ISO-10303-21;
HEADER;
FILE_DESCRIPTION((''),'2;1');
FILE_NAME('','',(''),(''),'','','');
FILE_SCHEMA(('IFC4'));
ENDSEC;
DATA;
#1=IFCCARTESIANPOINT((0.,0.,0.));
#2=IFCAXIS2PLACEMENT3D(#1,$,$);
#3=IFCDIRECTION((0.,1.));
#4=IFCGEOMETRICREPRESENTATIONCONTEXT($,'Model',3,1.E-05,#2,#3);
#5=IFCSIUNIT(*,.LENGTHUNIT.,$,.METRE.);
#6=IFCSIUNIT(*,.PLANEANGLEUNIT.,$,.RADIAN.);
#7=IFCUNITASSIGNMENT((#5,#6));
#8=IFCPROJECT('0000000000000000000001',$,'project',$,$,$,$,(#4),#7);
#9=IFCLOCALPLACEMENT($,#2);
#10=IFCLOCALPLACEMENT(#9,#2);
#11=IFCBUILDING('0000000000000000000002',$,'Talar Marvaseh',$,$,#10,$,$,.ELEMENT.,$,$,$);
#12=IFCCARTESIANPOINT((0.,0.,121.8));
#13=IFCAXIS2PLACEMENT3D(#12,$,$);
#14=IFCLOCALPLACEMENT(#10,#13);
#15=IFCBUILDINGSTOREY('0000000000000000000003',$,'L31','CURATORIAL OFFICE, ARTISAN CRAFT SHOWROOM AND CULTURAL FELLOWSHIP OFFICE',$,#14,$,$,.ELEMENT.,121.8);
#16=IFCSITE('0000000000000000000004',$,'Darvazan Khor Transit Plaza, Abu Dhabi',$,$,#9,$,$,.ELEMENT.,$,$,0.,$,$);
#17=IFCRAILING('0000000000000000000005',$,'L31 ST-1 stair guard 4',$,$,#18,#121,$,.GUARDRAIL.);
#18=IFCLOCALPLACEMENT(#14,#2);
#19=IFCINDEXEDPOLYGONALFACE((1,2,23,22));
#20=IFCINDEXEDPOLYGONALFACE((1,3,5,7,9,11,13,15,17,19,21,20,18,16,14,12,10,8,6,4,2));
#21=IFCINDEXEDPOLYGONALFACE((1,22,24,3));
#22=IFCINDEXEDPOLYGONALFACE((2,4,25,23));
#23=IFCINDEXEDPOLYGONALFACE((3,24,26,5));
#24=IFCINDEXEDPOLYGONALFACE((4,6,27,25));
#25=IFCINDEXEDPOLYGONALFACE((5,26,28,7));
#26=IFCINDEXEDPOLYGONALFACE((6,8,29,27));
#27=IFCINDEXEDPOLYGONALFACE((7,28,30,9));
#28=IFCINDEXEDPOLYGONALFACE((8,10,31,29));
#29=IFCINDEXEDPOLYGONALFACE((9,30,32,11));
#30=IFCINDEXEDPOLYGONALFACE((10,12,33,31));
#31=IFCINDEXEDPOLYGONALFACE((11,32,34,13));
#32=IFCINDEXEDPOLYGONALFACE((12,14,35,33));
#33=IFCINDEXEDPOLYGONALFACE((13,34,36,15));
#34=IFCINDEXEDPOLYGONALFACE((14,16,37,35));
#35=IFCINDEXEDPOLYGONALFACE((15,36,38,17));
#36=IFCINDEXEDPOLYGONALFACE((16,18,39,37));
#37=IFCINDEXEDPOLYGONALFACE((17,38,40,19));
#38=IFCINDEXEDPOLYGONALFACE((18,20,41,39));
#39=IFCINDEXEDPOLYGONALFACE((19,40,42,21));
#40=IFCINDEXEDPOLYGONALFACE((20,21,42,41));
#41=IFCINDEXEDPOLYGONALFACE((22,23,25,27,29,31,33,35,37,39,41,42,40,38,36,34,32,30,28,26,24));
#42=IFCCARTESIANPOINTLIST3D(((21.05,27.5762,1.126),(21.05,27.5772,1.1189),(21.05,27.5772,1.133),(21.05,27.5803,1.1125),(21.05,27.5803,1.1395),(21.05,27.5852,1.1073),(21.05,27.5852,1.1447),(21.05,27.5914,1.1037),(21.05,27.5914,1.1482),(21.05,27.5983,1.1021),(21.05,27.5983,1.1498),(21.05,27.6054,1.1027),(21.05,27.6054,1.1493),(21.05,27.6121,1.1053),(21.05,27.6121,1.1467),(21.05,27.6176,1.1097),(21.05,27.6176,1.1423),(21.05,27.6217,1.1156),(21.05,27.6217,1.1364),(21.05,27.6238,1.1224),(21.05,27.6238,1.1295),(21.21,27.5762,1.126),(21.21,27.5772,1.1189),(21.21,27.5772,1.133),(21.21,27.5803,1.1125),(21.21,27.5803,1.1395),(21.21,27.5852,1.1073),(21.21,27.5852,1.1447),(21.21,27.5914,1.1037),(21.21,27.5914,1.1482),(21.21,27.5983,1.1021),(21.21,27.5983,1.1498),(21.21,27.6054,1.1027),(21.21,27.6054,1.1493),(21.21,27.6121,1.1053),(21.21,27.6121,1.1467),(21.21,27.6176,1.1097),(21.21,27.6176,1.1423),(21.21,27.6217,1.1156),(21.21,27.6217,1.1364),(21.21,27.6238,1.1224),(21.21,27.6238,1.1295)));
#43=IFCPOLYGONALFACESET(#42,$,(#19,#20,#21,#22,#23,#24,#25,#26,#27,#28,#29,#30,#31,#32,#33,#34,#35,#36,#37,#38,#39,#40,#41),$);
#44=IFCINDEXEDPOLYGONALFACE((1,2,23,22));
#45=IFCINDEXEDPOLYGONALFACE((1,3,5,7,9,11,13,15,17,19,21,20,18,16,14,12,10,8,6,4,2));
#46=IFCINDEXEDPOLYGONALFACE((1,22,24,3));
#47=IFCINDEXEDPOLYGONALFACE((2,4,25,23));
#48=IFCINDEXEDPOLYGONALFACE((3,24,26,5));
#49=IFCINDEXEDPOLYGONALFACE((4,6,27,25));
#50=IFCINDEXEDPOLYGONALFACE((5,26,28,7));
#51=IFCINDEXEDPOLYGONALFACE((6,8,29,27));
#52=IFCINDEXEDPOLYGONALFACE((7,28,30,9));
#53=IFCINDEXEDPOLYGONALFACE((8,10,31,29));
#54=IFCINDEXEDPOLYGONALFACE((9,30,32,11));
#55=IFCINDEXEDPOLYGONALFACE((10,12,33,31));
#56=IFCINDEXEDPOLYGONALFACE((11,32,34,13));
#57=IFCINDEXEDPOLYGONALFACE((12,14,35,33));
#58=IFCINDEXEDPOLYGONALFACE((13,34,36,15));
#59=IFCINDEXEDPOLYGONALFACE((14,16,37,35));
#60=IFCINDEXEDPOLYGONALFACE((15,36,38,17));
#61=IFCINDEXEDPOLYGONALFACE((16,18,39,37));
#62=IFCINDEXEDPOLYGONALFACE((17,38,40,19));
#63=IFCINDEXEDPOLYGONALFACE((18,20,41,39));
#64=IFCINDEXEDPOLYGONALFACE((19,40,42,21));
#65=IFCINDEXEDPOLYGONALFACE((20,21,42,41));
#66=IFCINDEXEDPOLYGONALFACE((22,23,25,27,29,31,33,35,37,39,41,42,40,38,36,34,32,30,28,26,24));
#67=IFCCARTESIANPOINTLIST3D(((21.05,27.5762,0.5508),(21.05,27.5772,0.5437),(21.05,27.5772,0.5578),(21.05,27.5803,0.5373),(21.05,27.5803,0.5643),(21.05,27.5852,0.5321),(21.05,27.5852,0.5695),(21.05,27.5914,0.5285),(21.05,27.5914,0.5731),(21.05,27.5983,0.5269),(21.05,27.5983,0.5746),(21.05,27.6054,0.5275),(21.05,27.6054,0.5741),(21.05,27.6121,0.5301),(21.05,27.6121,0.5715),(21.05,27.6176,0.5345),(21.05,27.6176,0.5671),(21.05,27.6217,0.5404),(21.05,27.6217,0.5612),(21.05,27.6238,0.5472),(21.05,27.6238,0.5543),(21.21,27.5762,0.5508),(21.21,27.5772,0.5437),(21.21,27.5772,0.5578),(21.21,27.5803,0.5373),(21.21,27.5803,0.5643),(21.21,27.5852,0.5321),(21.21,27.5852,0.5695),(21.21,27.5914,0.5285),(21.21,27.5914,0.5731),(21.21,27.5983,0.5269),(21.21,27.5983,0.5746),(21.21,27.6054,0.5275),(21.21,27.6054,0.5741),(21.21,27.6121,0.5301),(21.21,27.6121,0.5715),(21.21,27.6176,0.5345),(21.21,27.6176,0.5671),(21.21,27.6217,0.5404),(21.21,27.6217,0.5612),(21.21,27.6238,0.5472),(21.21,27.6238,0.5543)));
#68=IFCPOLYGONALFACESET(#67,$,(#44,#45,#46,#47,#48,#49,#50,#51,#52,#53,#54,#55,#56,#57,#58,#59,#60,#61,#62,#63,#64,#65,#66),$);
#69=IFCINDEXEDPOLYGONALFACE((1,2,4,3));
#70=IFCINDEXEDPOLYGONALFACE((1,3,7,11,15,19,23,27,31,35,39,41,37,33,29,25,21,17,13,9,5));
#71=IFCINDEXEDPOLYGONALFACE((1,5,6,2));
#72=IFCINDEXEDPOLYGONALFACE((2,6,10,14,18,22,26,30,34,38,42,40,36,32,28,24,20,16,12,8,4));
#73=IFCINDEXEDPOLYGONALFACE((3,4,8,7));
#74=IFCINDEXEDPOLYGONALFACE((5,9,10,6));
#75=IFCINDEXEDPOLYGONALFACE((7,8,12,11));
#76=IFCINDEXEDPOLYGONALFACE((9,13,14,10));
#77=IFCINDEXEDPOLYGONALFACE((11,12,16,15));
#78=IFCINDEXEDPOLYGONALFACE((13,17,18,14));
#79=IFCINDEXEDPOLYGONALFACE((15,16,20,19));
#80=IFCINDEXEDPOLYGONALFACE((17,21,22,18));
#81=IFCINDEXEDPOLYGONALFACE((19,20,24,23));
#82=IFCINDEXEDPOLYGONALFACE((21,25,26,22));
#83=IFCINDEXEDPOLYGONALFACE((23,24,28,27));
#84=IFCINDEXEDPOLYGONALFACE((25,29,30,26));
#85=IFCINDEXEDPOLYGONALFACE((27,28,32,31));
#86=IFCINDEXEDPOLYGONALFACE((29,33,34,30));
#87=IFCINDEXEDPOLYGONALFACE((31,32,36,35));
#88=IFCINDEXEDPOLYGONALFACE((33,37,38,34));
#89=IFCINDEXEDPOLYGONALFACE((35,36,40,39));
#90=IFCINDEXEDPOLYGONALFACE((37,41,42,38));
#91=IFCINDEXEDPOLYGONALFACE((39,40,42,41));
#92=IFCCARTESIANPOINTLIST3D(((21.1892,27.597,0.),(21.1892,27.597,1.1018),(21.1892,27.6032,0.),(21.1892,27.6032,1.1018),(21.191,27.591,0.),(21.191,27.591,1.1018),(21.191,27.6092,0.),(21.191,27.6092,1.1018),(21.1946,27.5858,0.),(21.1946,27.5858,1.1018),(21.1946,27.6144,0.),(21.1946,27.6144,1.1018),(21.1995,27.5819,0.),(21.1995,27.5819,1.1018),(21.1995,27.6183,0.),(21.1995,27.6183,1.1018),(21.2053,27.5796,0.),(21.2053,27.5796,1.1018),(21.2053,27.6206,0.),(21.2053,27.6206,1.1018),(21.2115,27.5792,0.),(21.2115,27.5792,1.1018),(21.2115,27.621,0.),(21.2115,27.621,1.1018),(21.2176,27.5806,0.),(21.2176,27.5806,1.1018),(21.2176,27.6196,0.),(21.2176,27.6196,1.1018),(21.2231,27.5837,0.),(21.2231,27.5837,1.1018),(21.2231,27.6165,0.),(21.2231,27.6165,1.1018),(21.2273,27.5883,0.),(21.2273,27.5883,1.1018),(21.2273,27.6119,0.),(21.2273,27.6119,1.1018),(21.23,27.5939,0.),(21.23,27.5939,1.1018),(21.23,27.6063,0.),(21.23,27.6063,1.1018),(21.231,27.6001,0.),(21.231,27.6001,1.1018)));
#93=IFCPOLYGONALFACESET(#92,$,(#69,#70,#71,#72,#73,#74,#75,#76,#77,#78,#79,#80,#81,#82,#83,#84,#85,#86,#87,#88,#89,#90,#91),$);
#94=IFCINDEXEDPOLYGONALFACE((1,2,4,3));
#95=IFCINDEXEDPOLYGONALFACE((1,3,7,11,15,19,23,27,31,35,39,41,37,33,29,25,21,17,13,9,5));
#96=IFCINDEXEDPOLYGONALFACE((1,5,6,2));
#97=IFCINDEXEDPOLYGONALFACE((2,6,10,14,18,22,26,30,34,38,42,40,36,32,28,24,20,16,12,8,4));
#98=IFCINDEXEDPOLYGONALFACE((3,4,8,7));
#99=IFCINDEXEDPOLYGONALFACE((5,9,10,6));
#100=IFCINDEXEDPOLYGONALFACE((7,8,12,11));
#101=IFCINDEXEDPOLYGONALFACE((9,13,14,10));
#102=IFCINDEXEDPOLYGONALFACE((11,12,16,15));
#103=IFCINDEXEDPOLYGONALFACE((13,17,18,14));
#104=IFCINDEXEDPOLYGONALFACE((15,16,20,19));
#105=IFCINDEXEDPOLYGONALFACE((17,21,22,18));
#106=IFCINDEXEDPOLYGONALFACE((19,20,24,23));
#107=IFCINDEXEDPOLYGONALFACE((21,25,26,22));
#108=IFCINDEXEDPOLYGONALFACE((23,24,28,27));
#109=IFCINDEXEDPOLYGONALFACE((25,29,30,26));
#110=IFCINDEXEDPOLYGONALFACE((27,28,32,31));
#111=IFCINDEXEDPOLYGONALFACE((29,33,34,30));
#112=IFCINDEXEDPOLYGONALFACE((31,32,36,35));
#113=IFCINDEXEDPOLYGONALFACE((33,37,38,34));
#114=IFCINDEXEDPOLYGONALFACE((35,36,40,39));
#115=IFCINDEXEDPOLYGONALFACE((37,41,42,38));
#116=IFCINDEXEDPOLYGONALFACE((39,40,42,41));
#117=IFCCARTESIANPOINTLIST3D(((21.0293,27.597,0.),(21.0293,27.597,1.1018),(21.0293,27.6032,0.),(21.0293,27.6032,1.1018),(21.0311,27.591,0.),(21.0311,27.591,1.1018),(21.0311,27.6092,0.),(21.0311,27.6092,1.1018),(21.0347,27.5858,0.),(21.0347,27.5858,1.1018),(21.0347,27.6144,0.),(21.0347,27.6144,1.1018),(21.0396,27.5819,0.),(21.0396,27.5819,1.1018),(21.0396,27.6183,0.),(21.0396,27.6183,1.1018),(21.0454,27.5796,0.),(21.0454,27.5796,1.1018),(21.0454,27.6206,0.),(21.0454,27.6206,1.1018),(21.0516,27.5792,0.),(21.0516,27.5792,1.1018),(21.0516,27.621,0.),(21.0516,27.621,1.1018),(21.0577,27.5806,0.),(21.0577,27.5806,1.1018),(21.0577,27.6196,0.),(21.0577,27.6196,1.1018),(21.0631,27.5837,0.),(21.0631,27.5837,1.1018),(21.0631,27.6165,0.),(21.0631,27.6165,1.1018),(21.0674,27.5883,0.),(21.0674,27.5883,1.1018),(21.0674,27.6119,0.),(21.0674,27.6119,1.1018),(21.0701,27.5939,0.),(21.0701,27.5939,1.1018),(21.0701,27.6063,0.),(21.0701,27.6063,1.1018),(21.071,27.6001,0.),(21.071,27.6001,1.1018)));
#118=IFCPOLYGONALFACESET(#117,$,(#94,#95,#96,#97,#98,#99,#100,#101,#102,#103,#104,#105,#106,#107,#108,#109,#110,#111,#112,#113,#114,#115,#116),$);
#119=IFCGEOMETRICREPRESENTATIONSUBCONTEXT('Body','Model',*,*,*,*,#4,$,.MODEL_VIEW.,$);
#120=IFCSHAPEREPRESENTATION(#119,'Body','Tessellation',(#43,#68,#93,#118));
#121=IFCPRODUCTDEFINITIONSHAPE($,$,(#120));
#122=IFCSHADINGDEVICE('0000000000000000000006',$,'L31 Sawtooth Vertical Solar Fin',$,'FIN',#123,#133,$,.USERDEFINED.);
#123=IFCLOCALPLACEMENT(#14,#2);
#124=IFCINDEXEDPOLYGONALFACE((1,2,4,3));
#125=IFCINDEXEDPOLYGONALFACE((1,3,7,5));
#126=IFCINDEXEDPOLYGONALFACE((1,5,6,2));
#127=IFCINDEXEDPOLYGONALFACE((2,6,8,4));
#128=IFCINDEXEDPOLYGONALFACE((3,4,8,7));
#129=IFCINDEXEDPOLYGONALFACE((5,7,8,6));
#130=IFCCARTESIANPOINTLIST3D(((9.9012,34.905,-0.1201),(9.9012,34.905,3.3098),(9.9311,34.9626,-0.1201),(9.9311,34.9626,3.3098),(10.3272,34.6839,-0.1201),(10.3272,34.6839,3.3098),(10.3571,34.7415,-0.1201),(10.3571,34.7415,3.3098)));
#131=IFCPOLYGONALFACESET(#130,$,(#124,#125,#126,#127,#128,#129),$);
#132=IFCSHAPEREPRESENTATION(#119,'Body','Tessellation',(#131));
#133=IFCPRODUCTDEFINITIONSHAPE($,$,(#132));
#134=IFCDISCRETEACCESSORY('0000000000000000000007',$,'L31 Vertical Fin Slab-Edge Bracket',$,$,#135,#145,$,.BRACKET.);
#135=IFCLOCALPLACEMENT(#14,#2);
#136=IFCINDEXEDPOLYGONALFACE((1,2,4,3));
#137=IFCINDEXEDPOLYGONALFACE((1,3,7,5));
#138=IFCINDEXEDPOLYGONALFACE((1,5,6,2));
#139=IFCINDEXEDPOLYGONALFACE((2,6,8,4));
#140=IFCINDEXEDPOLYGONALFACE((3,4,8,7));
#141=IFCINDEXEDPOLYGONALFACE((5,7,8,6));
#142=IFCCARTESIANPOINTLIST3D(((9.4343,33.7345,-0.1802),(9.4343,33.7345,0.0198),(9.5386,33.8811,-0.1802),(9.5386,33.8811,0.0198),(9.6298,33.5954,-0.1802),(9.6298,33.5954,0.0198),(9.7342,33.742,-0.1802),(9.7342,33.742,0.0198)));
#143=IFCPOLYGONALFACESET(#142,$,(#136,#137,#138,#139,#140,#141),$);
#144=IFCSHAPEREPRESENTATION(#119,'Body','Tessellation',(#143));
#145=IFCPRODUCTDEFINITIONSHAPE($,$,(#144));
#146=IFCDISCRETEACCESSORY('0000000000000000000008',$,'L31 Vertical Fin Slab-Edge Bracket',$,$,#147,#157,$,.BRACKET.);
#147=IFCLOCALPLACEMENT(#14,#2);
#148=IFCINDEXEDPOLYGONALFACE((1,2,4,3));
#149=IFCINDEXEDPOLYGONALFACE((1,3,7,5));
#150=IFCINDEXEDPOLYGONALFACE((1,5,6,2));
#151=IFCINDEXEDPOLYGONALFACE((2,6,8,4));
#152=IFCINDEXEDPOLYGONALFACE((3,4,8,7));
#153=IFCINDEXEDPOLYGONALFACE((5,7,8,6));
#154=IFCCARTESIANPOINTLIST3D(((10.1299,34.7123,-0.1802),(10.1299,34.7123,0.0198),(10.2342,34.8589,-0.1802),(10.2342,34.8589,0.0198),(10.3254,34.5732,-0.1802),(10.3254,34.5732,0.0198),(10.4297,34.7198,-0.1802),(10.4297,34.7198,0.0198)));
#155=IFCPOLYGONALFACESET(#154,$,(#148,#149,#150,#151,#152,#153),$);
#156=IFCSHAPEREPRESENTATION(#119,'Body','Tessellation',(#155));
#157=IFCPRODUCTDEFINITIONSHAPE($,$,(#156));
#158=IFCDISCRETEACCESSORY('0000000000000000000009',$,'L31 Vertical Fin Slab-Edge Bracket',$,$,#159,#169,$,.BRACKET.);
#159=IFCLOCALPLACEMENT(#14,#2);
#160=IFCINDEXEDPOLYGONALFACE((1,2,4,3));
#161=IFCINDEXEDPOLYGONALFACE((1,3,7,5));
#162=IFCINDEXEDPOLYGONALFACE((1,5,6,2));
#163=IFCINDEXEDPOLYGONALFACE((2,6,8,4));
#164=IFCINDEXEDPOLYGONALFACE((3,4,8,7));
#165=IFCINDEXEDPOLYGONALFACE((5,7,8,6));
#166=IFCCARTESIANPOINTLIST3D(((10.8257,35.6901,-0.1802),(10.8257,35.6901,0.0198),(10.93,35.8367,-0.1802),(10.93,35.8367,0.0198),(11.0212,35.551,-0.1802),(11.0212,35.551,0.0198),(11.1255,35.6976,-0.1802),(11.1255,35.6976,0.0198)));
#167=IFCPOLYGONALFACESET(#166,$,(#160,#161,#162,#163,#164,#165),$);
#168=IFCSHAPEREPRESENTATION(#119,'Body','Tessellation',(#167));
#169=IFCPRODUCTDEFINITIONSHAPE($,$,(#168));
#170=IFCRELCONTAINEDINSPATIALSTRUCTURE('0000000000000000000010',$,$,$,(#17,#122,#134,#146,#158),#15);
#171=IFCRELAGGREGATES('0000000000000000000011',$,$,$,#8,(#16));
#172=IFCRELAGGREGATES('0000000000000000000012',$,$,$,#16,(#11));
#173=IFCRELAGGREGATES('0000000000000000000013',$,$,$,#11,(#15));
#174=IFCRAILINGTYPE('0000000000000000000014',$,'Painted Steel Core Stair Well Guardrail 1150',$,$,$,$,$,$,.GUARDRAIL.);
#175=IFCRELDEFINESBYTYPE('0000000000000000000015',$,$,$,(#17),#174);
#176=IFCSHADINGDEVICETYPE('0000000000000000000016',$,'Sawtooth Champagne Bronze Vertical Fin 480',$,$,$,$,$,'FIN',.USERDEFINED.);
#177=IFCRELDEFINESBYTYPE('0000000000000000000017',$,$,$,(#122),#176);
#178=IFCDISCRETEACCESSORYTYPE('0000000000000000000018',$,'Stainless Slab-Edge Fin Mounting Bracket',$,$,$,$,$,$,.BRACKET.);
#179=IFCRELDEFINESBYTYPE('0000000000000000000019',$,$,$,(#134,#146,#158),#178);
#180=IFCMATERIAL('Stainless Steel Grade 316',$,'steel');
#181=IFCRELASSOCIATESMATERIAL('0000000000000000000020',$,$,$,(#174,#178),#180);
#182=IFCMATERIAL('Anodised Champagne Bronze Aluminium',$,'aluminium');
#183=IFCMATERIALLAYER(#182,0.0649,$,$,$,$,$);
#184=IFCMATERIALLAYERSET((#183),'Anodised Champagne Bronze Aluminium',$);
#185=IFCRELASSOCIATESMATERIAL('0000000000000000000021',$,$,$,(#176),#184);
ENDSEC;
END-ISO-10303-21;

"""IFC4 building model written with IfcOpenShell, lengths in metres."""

from ifc_helpers import new_model, si_unit, direction, frame, origin, origin_2d, place, context, subcontext, project, spatial, rectangle, circle, extrude, source, transform, mapped, material, layer, layer_set, type_object, type_shapes, element, save


model = new_model("IFC4")

# Units and contexts
model_context = context("Model", 3, precision=1e-05, world=origin(), true_north=direction((0.0, 1.0)))
body_context = subcontext(model_context, "Body", "Model", "MODEL_VIEW")
ifc_project = project(units=[si_unit("LENGTHUNIT", "METRE"), si_unit("PLANEANGLEUNIT", "RADIAN")], contexts=[model_context])

# Site, building, storey
site_placement = place(None, origin())
site = spatial("IfcSite", under=ifc_project, at=site_placement, Name="Darvazan Khor Transit Plaza, Abu Dhabi", CompositionType="ELEMENT", RefElevation=0.0)
building_placement = place(site_placement, origin())
building = spatial("IfcBuilding", under=site, at=building_placement, Name="Talar Marvaseh", CompositionType="ELEMENT")
storey_placement = place(building_placement, frame((0.0, 0.0, 121.8)))
storey = spatial("IfcBuildingStorey", under=building, at=storey_placement, Name="L31", Description="CURATORIAL OFFICE, ARTISAN CRAFT SHOWROOM AND CULTURAL FELLOWSHIP OFFICE", CompositionType="ELEMENT", Elevation=121.8)

# Railing
ifc_material_1 = material(Name="Stainless Steel Grade 316", Category="steel")
railing_type_1 = type_object("IfcRailingType", Name="Painted Steel Core Stair Well Guardrail 1150", PredefinedType="GUARDRAIL", material=ifc_material_1)
railing_1_placement = place(storey_placement, frame((21.21, 27.6001, 0.0)))
element("IfcRailing", 1, at=railing_1_placement, inside=storey, type_object=railing_type_1, Name="L31 ST-1 stair guard 4", PredefinedType="GUARDRAIL", context=body_context, shape_type="SweptSolid", body=[
    extrude(circle(Radius=0.0239, at=origin_2d()), frame((0.0, 0.0, 1.126), z_axis=(-1.0, 0.0, 0.0), x_axis=(0.0, -1.0, 0.0)), (0.0, 0.0, 1.0), 0.1599),
    extrude(circle(Radius=0.0239, at=origin_2d()), frame((0.0, 0.0, 0.5508), z_axis=(-1.0, 0.0, 0.0), x_axis=(0.0, -1.0, 0.0)), (0.0, 0.0, 1.0), 0.1599),
    extrude(circle(Radius=0.021, at=origin_2d()), origin(), (0.0, 0.0, 1.0), 1.1018),
    extrude(circle(Radius=0.021, at=origin_2d()), frame((-0.1599, 0.0, 0.0)), (0.0, 0.0, 1.0), 1.1018),
])

# Shading device
ifc_material_2 = material(Name="Anodised Champagne Bronze Aluminium", Category="aluminium")
ifc_layer_1 = layer(ifc_material_2, 0.0649)
ifc_layer_set_1 = layer_set([ifc_layer_1], Name="Anodised Champagne Bronze Aluminium")
shading_device_type = type_object("IfcShadingDeviceType", Name="Sawtooth Champagne Bronze Vertical Fin 480", ElementType="FIN", PredefinedType="USERDEFINED", material=ifc_layer_set_1)
shared_shape_1 = source(origin(), body_context, "Body", "SweptSolid", [
    extrude(rectangle(XDim=0.48, YDim=0.0649, at=origin_2d()), origin(), (0.0, 0.0, 1.0), 3.4299),
])
type_shapes(shading_device_type, [shared_shape_1])
shading_device_placement = place(storey_placement, frame((10.1292, 34.8232, -0.1201), z_axis=(0.0, 0.0, 1.0), x_axis=(-0.887574, 0.460665, 0.0)))
element("IfcShadingDevice", 2, at=shading_device_placement, inside=storey, type_object=shading_device_type, Name="L31 Sawtooth Vertical Solar Fin", ObjectType="FIN", PredefinedType="USERDEFINED", context=body_context, shape_type="MappedRepresentation", body=[
    mapped(shared_shape_1, transform((0.0, 0.0, 0.0), x_axis=(1.0, 0.0, 0.0), y_axis=(0.0, 1.0, 0.0), z_axis=(0.0, 0.0, 1.0), scale=1.0)),
])

# Discrete accessories
discrete_accessory_type = type_object("IfcDiscreteAccessoryType", Name="Stainless Slab-Edge Fin Mounting Bracket", PredefinedType="BRACKET", material=ifc_material_1)
shared_shape_2 = source(origin(), body_context, "Body", "SweptSolid", [
    extrude(rectangle(XDim=0.24, YDim=0.1799, at=origin_2d()), origin(), (0.0, 0.0, 1.0), 0.2),
])
type_shapes(discrete_accessory_type, [shared_shape_2])
for number, where, z_axis, x_axis, name in (
    (3, (9.5842, 33.7383, -0.1802), (0.0, 0.0, 1.0), (-0.814824, 0.579708, 0.0), "L31 Vertical Fin Slab-Edge Bracket"),
    (4, (10.2798, 34.7161, -0.1802), (0.0, 0.0, 1.0), (-0.814824, 0.579708, 0.0), "L31 Vertical Fin Slab-Edge Bracket"),
    (5, (10.9756, 35.6938, -0.1802), (0.0, 0.0, 1.0), (-0.814824, 0.579708, 0.0), "L31 Vertical Fin Slab-Edge Bracket"),
):
    element("IfcDiscreteAccessory", number, at=place(storey_placement, frame(where, z_axis=z_axis, x_axis=x_axis)), inside=storey, type_object=discrete_accessory_type, Name=name, PredefinedType="BRACKET", context=body_context, shape_type="MappedRepresentation", body=[
        mapped(shared_shape_2, transform((0.0, 0.0, 0.0), x_axis=(1.0, 0.0, 0.0), y_axis=(0.0, 1.0, 0.0), z_axis=(0.0, 0.0, 1.0), scale=1.0)),
    ])

save(model, "model.ifc")
